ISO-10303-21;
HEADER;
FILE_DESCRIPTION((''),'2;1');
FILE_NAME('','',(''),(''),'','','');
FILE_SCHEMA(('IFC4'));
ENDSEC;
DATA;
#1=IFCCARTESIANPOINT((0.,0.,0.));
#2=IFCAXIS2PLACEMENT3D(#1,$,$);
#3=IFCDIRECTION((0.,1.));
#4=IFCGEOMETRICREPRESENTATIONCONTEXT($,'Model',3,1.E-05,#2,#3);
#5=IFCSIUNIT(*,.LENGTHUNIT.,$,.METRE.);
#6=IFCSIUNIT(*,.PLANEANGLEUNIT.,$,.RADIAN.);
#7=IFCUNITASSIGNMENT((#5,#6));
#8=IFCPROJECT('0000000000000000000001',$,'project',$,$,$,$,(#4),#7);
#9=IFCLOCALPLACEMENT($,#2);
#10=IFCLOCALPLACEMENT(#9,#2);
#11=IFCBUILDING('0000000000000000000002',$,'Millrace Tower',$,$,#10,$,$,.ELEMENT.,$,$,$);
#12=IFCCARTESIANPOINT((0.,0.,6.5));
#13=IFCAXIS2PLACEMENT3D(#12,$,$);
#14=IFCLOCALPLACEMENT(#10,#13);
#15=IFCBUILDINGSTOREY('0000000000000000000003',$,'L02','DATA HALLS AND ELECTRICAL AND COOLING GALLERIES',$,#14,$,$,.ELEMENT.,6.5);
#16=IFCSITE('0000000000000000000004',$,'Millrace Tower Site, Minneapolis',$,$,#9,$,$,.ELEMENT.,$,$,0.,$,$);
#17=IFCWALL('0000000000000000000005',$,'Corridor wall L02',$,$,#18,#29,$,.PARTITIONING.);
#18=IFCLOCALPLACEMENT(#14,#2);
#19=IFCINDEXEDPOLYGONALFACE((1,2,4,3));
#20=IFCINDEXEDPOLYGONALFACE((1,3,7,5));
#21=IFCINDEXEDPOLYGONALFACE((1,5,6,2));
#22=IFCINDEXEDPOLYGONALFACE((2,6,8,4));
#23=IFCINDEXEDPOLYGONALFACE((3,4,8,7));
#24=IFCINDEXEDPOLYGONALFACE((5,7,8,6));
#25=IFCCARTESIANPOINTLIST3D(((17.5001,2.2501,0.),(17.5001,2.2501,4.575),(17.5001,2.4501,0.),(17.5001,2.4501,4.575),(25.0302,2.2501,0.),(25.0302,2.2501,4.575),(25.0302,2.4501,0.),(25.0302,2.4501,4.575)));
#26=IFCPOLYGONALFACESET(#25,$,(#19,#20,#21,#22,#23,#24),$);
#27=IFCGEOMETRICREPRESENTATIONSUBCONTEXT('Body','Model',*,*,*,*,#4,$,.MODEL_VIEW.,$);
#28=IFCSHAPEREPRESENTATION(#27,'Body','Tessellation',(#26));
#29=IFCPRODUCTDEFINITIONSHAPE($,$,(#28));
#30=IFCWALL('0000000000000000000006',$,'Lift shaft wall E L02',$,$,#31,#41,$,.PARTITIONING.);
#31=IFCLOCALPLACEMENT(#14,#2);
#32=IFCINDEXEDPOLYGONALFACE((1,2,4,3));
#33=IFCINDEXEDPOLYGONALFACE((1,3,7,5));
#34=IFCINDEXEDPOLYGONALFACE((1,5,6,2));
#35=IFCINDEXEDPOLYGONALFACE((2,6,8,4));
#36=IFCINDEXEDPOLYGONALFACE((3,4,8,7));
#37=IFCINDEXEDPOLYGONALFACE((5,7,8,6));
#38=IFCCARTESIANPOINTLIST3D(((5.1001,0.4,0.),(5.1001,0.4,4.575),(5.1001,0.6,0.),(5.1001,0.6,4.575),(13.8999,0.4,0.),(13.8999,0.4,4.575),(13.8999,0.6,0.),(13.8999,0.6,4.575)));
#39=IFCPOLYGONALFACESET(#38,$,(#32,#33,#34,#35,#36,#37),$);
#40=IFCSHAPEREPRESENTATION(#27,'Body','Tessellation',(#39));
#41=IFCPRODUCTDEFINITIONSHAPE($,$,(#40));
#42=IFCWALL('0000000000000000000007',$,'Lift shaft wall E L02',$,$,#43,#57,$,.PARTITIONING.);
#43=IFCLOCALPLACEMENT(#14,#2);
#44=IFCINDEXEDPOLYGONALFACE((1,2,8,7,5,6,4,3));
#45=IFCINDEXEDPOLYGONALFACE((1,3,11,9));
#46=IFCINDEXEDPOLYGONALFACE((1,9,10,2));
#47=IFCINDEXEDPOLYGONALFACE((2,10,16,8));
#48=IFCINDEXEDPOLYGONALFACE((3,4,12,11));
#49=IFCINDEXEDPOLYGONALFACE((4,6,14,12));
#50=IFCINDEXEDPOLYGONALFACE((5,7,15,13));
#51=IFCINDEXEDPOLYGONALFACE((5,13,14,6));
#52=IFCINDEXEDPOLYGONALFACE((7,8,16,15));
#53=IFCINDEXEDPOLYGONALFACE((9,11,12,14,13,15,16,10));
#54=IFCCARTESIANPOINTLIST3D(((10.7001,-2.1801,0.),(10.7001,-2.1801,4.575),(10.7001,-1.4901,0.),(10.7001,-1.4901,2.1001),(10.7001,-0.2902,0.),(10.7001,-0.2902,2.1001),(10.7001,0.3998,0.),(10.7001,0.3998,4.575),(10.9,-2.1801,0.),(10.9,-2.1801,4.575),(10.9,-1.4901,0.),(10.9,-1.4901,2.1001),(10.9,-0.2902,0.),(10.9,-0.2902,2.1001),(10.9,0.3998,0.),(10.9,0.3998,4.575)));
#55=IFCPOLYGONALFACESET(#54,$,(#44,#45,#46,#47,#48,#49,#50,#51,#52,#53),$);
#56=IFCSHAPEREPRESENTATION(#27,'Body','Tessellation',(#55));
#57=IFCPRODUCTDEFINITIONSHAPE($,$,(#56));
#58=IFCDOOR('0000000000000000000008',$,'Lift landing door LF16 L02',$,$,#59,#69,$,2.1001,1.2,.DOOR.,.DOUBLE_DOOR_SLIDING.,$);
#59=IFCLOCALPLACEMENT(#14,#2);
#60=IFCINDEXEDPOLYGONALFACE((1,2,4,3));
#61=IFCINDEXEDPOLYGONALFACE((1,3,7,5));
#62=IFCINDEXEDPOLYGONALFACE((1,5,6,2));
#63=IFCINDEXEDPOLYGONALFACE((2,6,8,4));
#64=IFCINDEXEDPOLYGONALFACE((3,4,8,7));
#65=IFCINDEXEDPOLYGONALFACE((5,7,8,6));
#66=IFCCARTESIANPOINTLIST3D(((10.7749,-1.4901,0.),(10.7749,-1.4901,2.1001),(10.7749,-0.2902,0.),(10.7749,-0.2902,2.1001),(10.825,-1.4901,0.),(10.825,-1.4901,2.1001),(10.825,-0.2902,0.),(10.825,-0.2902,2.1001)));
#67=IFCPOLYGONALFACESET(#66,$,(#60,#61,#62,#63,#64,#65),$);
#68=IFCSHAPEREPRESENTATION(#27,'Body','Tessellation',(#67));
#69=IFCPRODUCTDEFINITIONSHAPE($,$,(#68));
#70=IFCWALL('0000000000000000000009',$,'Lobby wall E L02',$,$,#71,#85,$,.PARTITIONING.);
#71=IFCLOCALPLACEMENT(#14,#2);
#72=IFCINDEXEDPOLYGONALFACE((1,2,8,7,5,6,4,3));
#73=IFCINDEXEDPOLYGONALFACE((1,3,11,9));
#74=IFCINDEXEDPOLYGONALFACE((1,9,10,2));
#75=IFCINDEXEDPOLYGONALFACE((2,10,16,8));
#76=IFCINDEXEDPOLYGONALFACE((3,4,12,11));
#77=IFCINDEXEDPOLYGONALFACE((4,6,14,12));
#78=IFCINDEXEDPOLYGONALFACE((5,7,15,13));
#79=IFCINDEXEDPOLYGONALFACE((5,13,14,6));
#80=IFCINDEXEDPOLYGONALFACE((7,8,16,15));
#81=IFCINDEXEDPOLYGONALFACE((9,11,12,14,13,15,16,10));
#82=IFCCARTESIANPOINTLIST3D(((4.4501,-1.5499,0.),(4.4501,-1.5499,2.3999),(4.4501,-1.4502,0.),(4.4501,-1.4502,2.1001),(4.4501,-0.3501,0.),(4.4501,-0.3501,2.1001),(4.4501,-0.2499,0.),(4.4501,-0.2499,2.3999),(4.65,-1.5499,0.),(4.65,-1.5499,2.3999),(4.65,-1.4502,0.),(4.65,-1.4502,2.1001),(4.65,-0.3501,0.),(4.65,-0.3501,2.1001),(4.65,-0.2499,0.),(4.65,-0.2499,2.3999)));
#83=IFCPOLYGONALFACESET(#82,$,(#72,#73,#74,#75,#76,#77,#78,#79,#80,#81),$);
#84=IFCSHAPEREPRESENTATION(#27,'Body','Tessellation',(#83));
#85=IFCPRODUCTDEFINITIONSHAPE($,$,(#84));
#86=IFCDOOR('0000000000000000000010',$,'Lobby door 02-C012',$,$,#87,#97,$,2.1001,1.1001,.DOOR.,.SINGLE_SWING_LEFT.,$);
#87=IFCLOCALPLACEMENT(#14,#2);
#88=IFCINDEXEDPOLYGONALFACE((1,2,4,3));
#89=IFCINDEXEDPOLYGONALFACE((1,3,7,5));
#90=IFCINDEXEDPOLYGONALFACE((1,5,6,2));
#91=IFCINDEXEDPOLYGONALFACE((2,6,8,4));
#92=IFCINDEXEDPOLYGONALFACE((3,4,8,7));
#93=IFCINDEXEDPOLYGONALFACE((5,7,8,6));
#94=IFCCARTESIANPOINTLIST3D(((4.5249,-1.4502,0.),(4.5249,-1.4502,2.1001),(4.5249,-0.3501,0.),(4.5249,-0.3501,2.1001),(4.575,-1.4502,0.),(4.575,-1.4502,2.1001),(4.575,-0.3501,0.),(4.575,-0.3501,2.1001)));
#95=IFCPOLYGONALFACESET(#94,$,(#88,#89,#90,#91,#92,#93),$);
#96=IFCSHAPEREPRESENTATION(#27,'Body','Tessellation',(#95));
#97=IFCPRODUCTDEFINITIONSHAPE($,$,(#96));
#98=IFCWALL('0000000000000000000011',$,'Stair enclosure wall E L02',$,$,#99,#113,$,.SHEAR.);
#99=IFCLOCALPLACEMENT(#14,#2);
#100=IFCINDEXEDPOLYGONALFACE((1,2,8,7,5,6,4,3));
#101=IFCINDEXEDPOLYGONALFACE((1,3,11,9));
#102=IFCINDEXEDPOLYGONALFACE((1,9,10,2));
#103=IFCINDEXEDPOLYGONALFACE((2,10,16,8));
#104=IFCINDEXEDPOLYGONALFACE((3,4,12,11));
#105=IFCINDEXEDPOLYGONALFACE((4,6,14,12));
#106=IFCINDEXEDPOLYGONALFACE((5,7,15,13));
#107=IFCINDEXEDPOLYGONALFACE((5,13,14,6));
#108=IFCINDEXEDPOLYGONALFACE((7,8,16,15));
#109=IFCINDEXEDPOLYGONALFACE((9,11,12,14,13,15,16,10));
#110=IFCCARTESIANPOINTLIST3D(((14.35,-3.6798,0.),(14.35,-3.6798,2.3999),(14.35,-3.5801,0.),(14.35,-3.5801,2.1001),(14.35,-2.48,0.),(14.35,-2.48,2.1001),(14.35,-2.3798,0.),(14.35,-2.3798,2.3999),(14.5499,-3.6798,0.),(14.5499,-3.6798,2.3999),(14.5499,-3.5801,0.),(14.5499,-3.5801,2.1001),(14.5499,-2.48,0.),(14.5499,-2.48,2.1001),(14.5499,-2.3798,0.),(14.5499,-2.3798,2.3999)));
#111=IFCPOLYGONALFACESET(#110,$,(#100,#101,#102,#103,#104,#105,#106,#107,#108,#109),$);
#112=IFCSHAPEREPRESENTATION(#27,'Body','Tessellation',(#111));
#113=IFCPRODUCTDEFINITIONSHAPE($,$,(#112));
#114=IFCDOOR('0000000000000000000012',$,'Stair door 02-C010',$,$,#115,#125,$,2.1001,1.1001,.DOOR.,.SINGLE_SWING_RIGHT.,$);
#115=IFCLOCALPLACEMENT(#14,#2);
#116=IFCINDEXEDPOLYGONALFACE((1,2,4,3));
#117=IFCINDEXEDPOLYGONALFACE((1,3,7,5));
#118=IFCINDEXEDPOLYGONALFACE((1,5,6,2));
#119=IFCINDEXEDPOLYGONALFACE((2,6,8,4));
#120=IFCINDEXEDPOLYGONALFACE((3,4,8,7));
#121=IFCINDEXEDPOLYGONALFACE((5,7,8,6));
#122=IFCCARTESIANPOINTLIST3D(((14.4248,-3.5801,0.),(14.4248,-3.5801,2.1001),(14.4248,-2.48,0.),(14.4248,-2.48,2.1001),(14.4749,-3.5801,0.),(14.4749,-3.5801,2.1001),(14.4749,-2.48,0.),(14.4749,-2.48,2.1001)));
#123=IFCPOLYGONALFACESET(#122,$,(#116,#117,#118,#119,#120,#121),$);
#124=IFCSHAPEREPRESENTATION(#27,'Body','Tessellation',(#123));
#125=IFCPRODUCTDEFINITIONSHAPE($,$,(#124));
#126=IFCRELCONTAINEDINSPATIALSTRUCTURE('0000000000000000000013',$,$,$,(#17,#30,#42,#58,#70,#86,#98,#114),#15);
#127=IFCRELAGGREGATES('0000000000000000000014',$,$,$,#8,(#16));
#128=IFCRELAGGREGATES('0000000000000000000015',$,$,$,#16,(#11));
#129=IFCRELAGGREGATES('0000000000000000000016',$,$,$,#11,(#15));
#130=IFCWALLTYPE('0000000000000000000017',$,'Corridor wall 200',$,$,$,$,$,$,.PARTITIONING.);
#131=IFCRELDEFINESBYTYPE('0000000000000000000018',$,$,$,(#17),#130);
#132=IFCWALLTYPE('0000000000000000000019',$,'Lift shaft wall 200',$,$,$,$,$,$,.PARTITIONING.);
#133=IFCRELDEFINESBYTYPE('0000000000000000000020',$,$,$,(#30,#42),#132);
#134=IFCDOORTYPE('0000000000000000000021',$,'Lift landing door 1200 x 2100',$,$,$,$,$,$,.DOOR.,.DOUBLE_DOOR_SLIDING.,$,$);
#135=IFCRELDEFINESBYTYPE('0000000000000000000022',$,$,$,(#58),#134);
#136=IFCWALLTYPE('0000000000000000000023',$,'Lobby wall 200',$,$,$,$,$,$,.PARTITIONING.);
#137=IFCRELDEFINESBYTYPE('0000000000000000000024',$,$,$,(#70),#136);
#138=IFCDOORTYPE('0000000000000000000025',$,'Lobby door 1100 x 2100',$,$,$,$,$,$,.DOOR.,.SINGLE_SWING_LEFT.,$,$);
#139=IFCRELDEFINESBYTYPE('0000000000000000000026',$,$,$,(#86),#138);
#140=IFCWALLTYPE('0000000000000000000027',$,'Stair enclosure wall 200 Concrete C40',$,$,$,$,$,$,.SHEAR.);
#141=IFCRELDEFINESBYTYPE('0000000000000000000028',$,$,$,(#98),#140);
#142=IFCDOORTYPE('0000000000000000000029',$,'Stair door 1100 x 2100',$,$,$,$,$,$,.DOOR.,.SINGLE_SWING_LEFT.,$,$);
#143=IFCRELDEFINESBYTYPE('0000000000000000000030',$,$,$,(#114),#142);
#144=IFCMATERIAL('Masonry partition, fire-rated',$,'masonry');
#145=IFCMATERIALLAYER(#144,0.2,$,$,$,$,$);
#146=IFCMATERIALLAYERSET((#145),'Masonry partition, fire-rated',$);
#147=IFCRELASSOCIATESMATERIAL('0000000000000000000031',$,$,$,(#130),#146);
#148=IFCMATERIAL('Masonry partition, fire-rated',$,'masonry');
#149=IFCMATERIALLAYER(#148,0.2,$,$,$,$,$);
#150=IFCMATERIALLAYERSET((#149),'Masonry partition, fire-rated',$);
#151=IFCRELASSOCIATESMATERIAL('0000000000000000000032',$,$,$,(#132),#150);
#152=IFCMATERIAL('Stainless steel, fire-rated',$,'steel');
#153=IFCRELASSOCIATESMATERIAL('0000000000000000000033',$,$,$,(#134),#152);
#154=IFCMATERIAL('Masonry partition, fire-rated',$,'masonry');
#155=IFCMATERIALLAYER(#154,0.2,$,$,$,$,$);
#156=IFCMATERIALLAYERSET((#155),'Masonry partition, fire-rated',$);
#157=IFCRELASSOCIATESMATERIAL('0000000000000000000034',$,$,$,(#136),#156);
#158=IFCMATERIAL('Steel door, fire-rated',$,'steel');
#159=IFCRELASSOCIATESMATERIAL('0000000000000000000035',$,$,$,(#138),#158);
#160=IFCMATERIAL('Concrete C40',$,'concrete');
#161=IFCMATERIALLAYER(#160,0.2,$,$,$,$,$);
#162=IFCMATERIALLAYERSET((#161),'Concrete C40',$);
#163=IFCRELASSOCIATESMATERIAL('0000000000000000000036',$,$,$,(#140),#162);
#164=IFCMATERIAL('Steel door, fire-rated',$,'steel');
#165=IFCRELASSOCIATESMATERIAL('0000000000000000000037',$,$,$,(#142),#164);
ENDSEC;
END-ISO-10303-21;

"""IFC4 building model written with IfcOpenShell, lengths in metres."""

from ifc_helpers import new_model, si_unit, direction, frame, frame_2d, origin, place, context, subcontext, project, spatial, rectangle, extrude, material, layer, layer_set, type_object, element, fill, save


model = new_model("IFC4")

# Units and contexts
model_context = context("Model", 3, precision=1e-05, world=origin(), true_north=direction((0.0, 1.0)))
body_context = subcontext(model_context, "Body", "Model", "MODEL_VIEW")
ifc_project = project(units=[si_unit("LENGTHUNIT", "METRE"), si_unit("PLANEANGLEUNIT", "RADIAN")], contexts=[model_context])

# Site, building, storey
site_placement = place(None, origin())
site = spatial("IfcSite", under=ifc_project, at=site_placement, Name="Millrace Tower Site, Minneapolis", CompositionType="ELEMENT", RefElevation=0.0)
building_placement = place(site_placement, origin())
building = spatial("IfcBuilding", under=site, at=building_placement, Name="Millrace Tower", CompositionType="ELEMENT")
storey_placement = place(building_placement, frame((0.0, 0.0, 6.5)))
storey = spatial("IfcBuildingStorey", under=building, at=storey_placement, Name="L02", Description="DATA HALLS AND ELECTRICAL AND COOLING GALLERIES", CompositionType="ELEMENT", Elevation=6.5)

# Walls
ifc_material_1 = material(Name="Masonry partition, fire-rated", Category="masonry")
ifc_layer_1 = layer(ifc_material_1, 0.2)
ifc_layer_set_1 = layer_set([ifc_layer_1], Name="Masonry partition, fire-rated")
wall_type_1 = type_object("IfcWallType", Name="Corridor wall 200", PredefinedType="PARTITIONING", material=ifc_layer_set_1)
wall_1_placement = place(storey_placement, frame((17.5, 2.3501, 0.0), z_axis=(0.0, 0.0, 1.0), x_axis=(1.0, 0.0, 0.0)))
element("IfcWall", 1, at=wall_1_placement, inside=storey, type_object=wall_type_1, Name="Corridor wall L02", PredefinedType="PARTITIONING", context=body_context, shape_type="SweptSolid", body=[
    extrude(rectangle(XDim=7.53, YDim=0.2, at=frame_2d((3.7651, 0.0))), origin(), (0.0, 0.0, 1.0), 4.575),
])
ifc_material_2 = material(Name="Masonry partition, fire-rated", Category="masonry")
ifc_layer_2 = layer(ifc_material_2, 0.2)
ifc_layer_set_2 = layer_set([ifc_layer_2], Name="Masonry partition, fire-rated")
wall_type_2 = type_object("IfcWallType", Name="Lift shaft wall 200", PredefinedType="PARTITIONING", material=ifc_layer_set_2)
wall_2_placement = place(storey_placement, frame((13.8999, 0.5, 0.0), z_axis=(0.0, 0.0, 1.0), x_axis=(-1.0, 0.0, 0.0)))
element("IfcWall", 2, at=wall_2_placement, inside=storey, type_object=wall_type_2, Name="Lift shaft wall E L02", PredefinedType="PARTITIONING", context=body_context, shape_type="SweptSolid", body=[
    extrude(rectangle(XDim=8.7998, YDim=0.2, at=frame_2d((4.3999, 0.0))), origin(), (0.0, 0.0, 1.0), 4.575),
])

# Walls, openings, doors
wall_3_placement = place(storey_placement, frame((10.8, 0.3999, 0.0), z_axis=(0.0, 0.0, 1.0), x_axis=(0.0, -1.0, 0.0)))
wall_3 = element("IfcWall", 3, at=wall_3_placement, inside=storey, type_object=wall_type_2, Name="Lift shaft wall E L02", PredefinedType="PARTITIONING", context=body_context, shape_type="SweptSolid", body=[
    extrude(rectangle(XDim=2.5798, YDim=0.2, at=frame_2d((1.29, 0.0))), origin(), (0.0, 0.0, 1.0), 4.575),
])
opening_1_placement = place(wall_3_placement, frame((0.6899, 0.0, 0.0)))
opening_1 = element("IfcOpeningElement", 4, at=opening_1_placement, cuts=wall_3, PredefinedType="OPENING", context=body_context, shape_type="SweptSolid", body=[
    extrude(rectangle(XDim=1.2, YDim=2.1001, at=frame_2d((0.6001, 1.05))), frame((0.0, 0.1099, 0.0), z_axis=(0.0, -1.0, 0.0), x_axis=(1.0, 0.0, 0.0)), (0.0, 0.0, 1.0), 0.22),
])
ifc_material_3 = material(Name="Stainless steel, fire-rated", Category="steel")
door_type_1 = type_object("IfcDoorType", Name="Lift landing door 1200 x 2100", OperationType="DOUBLE_DOOR_SLIDING", PredefinedType="DOOR", material=ifc_material_3)
door_1_placement = place(opening_1_placement, origin())
door_1 = element("IfcDoor", 5, at=door_1_placement, inside=storey, type_object=door_type_1, Name="Lift landing door LF16 L02", OperationType="DOUBLE_DOOR_SLIDING", OverallHeight=2.1001, OverallWidth=1.2, PredefinedType="DOOR", context=body_context, shape_type="SweptSolid", body=[
    extrude(rectangle(XDim=1.2, YDim=2.1001, at=frame_2d((0.6001, 1.05))), frame((0.0, 0.0249, 0.0), z_axis=(0.0, -1.0, 0.0), x_axis=(1.0, 0.0, 0.0)), (0.0, 0.0, 1.0), 0.05),
])
fill(opening_1, door_1)
ifc_material_4 = material(Name="Masonry partition, fire-rated", Category="masonry")
ifc_layer_3 = layer(ifc_material_4, 0.2)
ifc_layer_set_3 = layer_set([ifc_layer_3], Name="Masonry partition, fire-rated")
wall_type_3 = type_object("IfcWallType", Name="Lobby wall 200", PredefinedType="PARTITIONING", material=ifc_layer_set_3)
wall_4_placement = place(storey_placement, frame((4.55, -0.25, 0.0), z_axis=(0.0, 0.0, 1.0), x_axis=(0.0, -1.0, 0.0)))
wall_4 = element("IfcWall", 6, at=wall_4_placement, inside=storey, type_object=wall_type_3, Name="Lobby wall E L02", PredefinedType="PARTITIONING", context=body_context, shape_type="SweptSolid", body=[
    extrude(rectangle(XDim=1.3, YDim=0.2, at=frame_2d((0.6499, 0.0))), origin(), (0.0, 0.0, 1.0), 2.3999),
])
opening_2_placement = place(wall_4_placement, frame((0.1001, 0.0, 0.0)))
opening_2 = element("IfcOpeningElement", 7, at=opening_2_placement, cuts=wall_4, PredefinedType="OPENING", context=body_context, shape_type="SweptSolid", body=[
    extrude(rectangle(XDim=1.1001, YDim=2.1001, at=frame_2d((0.55, 1.05))), frame((0.0, 0.1099, 0.0), z_axis=(0.0, -1.0, 0.0), x_axis=(1.0, 0.0, 0.0)), (0.0, 0.0, 1.0), 0.22),
])
ifc_material_5 = material(Name="Steel door, fire-rated", Category="steel")
door_type_2 = type_object("IfcDoorType", Name="Lobby door 1100 x 2100", OperationType="SINGLE_SWING_LEFT", PredefinedType="DOOR", material=ifc_material_5)
door_2_placement = place(opening_2_placement, origin())
door_2 = element("IfcDoor", 8, at=door_2_placement, inside=storey, type_object=door_type_2, Name="Lobby door 02-C012", OperationType="SINGLE_SWING_LEFT", OverallHeight=2.1001, OverallWidth=1.1001, PredefinedType="DOOR", context=body_context, shape_type="SweptSolid", body=[
    extrude(rectangle(XDim=1.1001, YDim=2.1001, at=frame_2d((0.55, 1.05))), frame((0.0, 0.0249, 0.0), z_axis=(0.0, -1.0, 0.0), x_axis=(1.0, 0.0, 0.0)), (0.0, 0.0, 1.0), 0.05),
])
fill(opening_2, door_2)
ifc_material_6 = material(Name="Concrete C40", Category="concrete")
ifc_layer_4 = layer(ifc_material_6, 0.2)
ifc_layer_set_4 = layer_set([ifc_layer_4], Name="Concrete C40")
wall_type_4 = type_object("IfcWallType", Name="Stair enclosure wall 200 Concrete C40", PredefinedType="SHEAR", material=ifc_layer_set_4)
wall_5_placement = place(storey_placement, frame((14.45, -2.3799, 0.0), z_axis=(0.0, 0.0, 1.0), x_axis=(0.0, -1.0, 0.0)))
wall_5 = element("IfcWall", 9, at=wall_5_placement, inside=storey, type_object=wall_type_4, Name="Stair enclosure wall E L02", PredefinedType="SHEAR", context=body_context, shape_type="SweptSolid", body=[
    extrude(rectangle(XDim=1.3, YDim=0.2, at=frame_2d((0.6499, 0.0))), origin(), (0.0, 0.0, 1.0), 2.3999),
])
opening_3_placement = place(wall_5_placement, frame((0.1001, 0.0, 0.0)))
opening_3 = element("IfcOpeningElement", 10, at=opening_3_placement, cuts=wall_5, PredefinedType="OPENING", context=body_context, shape_type="SweptSolid", body=[
    extrude(rectangle(XDim=1.1001, YDim=2.1001, at=frame_2d((0.55, 1.05))), frame((0.0, 0.1099, 0.0), z_axis=(0.0, -1.0, 0.0), x_axis=(1.0, 0.0, 0.0)), (0.0, 0.0, 1.0), 0.22),
])
ifc_material_7 = material(Name="Steel door, fire-rated", Category="steel")
door_type_3 = type_object("IfcDoorType", Name="Stair door 1100 x 2100", OperationType="SINGLE_SWING_LEFT", PredefinedType="DOOR", material=ifc_material_7)
door_3_placement = place(opening_3_placement, origin())
door_3 = element("IfcDoor", 11, at=door_3_placement, inside=storey, type_object=door_type_3, Name="Stair door 02-C010", OperationType="SINGLE_SWING_RIGHT", OverallHeight=2.1001, OverallWidth=1.1001, PredefinedType="DOOR", context=body_context, shape_type="SweptSolid", body=[
    extrude(rectangle(XDim=1.1001, YDim=2.1001, at=frame_2d((0.55, 1.05))), frame((0.0, 0.0249, 0.0), z_axis=(0.0, -1.0, 0.0), x_axis=(1.0, 0.0, 0.0)), (0.0, 0.0, 1.0), 0.05),
])
fill(opening_3, door_3)

save(model, "model.ifc")
